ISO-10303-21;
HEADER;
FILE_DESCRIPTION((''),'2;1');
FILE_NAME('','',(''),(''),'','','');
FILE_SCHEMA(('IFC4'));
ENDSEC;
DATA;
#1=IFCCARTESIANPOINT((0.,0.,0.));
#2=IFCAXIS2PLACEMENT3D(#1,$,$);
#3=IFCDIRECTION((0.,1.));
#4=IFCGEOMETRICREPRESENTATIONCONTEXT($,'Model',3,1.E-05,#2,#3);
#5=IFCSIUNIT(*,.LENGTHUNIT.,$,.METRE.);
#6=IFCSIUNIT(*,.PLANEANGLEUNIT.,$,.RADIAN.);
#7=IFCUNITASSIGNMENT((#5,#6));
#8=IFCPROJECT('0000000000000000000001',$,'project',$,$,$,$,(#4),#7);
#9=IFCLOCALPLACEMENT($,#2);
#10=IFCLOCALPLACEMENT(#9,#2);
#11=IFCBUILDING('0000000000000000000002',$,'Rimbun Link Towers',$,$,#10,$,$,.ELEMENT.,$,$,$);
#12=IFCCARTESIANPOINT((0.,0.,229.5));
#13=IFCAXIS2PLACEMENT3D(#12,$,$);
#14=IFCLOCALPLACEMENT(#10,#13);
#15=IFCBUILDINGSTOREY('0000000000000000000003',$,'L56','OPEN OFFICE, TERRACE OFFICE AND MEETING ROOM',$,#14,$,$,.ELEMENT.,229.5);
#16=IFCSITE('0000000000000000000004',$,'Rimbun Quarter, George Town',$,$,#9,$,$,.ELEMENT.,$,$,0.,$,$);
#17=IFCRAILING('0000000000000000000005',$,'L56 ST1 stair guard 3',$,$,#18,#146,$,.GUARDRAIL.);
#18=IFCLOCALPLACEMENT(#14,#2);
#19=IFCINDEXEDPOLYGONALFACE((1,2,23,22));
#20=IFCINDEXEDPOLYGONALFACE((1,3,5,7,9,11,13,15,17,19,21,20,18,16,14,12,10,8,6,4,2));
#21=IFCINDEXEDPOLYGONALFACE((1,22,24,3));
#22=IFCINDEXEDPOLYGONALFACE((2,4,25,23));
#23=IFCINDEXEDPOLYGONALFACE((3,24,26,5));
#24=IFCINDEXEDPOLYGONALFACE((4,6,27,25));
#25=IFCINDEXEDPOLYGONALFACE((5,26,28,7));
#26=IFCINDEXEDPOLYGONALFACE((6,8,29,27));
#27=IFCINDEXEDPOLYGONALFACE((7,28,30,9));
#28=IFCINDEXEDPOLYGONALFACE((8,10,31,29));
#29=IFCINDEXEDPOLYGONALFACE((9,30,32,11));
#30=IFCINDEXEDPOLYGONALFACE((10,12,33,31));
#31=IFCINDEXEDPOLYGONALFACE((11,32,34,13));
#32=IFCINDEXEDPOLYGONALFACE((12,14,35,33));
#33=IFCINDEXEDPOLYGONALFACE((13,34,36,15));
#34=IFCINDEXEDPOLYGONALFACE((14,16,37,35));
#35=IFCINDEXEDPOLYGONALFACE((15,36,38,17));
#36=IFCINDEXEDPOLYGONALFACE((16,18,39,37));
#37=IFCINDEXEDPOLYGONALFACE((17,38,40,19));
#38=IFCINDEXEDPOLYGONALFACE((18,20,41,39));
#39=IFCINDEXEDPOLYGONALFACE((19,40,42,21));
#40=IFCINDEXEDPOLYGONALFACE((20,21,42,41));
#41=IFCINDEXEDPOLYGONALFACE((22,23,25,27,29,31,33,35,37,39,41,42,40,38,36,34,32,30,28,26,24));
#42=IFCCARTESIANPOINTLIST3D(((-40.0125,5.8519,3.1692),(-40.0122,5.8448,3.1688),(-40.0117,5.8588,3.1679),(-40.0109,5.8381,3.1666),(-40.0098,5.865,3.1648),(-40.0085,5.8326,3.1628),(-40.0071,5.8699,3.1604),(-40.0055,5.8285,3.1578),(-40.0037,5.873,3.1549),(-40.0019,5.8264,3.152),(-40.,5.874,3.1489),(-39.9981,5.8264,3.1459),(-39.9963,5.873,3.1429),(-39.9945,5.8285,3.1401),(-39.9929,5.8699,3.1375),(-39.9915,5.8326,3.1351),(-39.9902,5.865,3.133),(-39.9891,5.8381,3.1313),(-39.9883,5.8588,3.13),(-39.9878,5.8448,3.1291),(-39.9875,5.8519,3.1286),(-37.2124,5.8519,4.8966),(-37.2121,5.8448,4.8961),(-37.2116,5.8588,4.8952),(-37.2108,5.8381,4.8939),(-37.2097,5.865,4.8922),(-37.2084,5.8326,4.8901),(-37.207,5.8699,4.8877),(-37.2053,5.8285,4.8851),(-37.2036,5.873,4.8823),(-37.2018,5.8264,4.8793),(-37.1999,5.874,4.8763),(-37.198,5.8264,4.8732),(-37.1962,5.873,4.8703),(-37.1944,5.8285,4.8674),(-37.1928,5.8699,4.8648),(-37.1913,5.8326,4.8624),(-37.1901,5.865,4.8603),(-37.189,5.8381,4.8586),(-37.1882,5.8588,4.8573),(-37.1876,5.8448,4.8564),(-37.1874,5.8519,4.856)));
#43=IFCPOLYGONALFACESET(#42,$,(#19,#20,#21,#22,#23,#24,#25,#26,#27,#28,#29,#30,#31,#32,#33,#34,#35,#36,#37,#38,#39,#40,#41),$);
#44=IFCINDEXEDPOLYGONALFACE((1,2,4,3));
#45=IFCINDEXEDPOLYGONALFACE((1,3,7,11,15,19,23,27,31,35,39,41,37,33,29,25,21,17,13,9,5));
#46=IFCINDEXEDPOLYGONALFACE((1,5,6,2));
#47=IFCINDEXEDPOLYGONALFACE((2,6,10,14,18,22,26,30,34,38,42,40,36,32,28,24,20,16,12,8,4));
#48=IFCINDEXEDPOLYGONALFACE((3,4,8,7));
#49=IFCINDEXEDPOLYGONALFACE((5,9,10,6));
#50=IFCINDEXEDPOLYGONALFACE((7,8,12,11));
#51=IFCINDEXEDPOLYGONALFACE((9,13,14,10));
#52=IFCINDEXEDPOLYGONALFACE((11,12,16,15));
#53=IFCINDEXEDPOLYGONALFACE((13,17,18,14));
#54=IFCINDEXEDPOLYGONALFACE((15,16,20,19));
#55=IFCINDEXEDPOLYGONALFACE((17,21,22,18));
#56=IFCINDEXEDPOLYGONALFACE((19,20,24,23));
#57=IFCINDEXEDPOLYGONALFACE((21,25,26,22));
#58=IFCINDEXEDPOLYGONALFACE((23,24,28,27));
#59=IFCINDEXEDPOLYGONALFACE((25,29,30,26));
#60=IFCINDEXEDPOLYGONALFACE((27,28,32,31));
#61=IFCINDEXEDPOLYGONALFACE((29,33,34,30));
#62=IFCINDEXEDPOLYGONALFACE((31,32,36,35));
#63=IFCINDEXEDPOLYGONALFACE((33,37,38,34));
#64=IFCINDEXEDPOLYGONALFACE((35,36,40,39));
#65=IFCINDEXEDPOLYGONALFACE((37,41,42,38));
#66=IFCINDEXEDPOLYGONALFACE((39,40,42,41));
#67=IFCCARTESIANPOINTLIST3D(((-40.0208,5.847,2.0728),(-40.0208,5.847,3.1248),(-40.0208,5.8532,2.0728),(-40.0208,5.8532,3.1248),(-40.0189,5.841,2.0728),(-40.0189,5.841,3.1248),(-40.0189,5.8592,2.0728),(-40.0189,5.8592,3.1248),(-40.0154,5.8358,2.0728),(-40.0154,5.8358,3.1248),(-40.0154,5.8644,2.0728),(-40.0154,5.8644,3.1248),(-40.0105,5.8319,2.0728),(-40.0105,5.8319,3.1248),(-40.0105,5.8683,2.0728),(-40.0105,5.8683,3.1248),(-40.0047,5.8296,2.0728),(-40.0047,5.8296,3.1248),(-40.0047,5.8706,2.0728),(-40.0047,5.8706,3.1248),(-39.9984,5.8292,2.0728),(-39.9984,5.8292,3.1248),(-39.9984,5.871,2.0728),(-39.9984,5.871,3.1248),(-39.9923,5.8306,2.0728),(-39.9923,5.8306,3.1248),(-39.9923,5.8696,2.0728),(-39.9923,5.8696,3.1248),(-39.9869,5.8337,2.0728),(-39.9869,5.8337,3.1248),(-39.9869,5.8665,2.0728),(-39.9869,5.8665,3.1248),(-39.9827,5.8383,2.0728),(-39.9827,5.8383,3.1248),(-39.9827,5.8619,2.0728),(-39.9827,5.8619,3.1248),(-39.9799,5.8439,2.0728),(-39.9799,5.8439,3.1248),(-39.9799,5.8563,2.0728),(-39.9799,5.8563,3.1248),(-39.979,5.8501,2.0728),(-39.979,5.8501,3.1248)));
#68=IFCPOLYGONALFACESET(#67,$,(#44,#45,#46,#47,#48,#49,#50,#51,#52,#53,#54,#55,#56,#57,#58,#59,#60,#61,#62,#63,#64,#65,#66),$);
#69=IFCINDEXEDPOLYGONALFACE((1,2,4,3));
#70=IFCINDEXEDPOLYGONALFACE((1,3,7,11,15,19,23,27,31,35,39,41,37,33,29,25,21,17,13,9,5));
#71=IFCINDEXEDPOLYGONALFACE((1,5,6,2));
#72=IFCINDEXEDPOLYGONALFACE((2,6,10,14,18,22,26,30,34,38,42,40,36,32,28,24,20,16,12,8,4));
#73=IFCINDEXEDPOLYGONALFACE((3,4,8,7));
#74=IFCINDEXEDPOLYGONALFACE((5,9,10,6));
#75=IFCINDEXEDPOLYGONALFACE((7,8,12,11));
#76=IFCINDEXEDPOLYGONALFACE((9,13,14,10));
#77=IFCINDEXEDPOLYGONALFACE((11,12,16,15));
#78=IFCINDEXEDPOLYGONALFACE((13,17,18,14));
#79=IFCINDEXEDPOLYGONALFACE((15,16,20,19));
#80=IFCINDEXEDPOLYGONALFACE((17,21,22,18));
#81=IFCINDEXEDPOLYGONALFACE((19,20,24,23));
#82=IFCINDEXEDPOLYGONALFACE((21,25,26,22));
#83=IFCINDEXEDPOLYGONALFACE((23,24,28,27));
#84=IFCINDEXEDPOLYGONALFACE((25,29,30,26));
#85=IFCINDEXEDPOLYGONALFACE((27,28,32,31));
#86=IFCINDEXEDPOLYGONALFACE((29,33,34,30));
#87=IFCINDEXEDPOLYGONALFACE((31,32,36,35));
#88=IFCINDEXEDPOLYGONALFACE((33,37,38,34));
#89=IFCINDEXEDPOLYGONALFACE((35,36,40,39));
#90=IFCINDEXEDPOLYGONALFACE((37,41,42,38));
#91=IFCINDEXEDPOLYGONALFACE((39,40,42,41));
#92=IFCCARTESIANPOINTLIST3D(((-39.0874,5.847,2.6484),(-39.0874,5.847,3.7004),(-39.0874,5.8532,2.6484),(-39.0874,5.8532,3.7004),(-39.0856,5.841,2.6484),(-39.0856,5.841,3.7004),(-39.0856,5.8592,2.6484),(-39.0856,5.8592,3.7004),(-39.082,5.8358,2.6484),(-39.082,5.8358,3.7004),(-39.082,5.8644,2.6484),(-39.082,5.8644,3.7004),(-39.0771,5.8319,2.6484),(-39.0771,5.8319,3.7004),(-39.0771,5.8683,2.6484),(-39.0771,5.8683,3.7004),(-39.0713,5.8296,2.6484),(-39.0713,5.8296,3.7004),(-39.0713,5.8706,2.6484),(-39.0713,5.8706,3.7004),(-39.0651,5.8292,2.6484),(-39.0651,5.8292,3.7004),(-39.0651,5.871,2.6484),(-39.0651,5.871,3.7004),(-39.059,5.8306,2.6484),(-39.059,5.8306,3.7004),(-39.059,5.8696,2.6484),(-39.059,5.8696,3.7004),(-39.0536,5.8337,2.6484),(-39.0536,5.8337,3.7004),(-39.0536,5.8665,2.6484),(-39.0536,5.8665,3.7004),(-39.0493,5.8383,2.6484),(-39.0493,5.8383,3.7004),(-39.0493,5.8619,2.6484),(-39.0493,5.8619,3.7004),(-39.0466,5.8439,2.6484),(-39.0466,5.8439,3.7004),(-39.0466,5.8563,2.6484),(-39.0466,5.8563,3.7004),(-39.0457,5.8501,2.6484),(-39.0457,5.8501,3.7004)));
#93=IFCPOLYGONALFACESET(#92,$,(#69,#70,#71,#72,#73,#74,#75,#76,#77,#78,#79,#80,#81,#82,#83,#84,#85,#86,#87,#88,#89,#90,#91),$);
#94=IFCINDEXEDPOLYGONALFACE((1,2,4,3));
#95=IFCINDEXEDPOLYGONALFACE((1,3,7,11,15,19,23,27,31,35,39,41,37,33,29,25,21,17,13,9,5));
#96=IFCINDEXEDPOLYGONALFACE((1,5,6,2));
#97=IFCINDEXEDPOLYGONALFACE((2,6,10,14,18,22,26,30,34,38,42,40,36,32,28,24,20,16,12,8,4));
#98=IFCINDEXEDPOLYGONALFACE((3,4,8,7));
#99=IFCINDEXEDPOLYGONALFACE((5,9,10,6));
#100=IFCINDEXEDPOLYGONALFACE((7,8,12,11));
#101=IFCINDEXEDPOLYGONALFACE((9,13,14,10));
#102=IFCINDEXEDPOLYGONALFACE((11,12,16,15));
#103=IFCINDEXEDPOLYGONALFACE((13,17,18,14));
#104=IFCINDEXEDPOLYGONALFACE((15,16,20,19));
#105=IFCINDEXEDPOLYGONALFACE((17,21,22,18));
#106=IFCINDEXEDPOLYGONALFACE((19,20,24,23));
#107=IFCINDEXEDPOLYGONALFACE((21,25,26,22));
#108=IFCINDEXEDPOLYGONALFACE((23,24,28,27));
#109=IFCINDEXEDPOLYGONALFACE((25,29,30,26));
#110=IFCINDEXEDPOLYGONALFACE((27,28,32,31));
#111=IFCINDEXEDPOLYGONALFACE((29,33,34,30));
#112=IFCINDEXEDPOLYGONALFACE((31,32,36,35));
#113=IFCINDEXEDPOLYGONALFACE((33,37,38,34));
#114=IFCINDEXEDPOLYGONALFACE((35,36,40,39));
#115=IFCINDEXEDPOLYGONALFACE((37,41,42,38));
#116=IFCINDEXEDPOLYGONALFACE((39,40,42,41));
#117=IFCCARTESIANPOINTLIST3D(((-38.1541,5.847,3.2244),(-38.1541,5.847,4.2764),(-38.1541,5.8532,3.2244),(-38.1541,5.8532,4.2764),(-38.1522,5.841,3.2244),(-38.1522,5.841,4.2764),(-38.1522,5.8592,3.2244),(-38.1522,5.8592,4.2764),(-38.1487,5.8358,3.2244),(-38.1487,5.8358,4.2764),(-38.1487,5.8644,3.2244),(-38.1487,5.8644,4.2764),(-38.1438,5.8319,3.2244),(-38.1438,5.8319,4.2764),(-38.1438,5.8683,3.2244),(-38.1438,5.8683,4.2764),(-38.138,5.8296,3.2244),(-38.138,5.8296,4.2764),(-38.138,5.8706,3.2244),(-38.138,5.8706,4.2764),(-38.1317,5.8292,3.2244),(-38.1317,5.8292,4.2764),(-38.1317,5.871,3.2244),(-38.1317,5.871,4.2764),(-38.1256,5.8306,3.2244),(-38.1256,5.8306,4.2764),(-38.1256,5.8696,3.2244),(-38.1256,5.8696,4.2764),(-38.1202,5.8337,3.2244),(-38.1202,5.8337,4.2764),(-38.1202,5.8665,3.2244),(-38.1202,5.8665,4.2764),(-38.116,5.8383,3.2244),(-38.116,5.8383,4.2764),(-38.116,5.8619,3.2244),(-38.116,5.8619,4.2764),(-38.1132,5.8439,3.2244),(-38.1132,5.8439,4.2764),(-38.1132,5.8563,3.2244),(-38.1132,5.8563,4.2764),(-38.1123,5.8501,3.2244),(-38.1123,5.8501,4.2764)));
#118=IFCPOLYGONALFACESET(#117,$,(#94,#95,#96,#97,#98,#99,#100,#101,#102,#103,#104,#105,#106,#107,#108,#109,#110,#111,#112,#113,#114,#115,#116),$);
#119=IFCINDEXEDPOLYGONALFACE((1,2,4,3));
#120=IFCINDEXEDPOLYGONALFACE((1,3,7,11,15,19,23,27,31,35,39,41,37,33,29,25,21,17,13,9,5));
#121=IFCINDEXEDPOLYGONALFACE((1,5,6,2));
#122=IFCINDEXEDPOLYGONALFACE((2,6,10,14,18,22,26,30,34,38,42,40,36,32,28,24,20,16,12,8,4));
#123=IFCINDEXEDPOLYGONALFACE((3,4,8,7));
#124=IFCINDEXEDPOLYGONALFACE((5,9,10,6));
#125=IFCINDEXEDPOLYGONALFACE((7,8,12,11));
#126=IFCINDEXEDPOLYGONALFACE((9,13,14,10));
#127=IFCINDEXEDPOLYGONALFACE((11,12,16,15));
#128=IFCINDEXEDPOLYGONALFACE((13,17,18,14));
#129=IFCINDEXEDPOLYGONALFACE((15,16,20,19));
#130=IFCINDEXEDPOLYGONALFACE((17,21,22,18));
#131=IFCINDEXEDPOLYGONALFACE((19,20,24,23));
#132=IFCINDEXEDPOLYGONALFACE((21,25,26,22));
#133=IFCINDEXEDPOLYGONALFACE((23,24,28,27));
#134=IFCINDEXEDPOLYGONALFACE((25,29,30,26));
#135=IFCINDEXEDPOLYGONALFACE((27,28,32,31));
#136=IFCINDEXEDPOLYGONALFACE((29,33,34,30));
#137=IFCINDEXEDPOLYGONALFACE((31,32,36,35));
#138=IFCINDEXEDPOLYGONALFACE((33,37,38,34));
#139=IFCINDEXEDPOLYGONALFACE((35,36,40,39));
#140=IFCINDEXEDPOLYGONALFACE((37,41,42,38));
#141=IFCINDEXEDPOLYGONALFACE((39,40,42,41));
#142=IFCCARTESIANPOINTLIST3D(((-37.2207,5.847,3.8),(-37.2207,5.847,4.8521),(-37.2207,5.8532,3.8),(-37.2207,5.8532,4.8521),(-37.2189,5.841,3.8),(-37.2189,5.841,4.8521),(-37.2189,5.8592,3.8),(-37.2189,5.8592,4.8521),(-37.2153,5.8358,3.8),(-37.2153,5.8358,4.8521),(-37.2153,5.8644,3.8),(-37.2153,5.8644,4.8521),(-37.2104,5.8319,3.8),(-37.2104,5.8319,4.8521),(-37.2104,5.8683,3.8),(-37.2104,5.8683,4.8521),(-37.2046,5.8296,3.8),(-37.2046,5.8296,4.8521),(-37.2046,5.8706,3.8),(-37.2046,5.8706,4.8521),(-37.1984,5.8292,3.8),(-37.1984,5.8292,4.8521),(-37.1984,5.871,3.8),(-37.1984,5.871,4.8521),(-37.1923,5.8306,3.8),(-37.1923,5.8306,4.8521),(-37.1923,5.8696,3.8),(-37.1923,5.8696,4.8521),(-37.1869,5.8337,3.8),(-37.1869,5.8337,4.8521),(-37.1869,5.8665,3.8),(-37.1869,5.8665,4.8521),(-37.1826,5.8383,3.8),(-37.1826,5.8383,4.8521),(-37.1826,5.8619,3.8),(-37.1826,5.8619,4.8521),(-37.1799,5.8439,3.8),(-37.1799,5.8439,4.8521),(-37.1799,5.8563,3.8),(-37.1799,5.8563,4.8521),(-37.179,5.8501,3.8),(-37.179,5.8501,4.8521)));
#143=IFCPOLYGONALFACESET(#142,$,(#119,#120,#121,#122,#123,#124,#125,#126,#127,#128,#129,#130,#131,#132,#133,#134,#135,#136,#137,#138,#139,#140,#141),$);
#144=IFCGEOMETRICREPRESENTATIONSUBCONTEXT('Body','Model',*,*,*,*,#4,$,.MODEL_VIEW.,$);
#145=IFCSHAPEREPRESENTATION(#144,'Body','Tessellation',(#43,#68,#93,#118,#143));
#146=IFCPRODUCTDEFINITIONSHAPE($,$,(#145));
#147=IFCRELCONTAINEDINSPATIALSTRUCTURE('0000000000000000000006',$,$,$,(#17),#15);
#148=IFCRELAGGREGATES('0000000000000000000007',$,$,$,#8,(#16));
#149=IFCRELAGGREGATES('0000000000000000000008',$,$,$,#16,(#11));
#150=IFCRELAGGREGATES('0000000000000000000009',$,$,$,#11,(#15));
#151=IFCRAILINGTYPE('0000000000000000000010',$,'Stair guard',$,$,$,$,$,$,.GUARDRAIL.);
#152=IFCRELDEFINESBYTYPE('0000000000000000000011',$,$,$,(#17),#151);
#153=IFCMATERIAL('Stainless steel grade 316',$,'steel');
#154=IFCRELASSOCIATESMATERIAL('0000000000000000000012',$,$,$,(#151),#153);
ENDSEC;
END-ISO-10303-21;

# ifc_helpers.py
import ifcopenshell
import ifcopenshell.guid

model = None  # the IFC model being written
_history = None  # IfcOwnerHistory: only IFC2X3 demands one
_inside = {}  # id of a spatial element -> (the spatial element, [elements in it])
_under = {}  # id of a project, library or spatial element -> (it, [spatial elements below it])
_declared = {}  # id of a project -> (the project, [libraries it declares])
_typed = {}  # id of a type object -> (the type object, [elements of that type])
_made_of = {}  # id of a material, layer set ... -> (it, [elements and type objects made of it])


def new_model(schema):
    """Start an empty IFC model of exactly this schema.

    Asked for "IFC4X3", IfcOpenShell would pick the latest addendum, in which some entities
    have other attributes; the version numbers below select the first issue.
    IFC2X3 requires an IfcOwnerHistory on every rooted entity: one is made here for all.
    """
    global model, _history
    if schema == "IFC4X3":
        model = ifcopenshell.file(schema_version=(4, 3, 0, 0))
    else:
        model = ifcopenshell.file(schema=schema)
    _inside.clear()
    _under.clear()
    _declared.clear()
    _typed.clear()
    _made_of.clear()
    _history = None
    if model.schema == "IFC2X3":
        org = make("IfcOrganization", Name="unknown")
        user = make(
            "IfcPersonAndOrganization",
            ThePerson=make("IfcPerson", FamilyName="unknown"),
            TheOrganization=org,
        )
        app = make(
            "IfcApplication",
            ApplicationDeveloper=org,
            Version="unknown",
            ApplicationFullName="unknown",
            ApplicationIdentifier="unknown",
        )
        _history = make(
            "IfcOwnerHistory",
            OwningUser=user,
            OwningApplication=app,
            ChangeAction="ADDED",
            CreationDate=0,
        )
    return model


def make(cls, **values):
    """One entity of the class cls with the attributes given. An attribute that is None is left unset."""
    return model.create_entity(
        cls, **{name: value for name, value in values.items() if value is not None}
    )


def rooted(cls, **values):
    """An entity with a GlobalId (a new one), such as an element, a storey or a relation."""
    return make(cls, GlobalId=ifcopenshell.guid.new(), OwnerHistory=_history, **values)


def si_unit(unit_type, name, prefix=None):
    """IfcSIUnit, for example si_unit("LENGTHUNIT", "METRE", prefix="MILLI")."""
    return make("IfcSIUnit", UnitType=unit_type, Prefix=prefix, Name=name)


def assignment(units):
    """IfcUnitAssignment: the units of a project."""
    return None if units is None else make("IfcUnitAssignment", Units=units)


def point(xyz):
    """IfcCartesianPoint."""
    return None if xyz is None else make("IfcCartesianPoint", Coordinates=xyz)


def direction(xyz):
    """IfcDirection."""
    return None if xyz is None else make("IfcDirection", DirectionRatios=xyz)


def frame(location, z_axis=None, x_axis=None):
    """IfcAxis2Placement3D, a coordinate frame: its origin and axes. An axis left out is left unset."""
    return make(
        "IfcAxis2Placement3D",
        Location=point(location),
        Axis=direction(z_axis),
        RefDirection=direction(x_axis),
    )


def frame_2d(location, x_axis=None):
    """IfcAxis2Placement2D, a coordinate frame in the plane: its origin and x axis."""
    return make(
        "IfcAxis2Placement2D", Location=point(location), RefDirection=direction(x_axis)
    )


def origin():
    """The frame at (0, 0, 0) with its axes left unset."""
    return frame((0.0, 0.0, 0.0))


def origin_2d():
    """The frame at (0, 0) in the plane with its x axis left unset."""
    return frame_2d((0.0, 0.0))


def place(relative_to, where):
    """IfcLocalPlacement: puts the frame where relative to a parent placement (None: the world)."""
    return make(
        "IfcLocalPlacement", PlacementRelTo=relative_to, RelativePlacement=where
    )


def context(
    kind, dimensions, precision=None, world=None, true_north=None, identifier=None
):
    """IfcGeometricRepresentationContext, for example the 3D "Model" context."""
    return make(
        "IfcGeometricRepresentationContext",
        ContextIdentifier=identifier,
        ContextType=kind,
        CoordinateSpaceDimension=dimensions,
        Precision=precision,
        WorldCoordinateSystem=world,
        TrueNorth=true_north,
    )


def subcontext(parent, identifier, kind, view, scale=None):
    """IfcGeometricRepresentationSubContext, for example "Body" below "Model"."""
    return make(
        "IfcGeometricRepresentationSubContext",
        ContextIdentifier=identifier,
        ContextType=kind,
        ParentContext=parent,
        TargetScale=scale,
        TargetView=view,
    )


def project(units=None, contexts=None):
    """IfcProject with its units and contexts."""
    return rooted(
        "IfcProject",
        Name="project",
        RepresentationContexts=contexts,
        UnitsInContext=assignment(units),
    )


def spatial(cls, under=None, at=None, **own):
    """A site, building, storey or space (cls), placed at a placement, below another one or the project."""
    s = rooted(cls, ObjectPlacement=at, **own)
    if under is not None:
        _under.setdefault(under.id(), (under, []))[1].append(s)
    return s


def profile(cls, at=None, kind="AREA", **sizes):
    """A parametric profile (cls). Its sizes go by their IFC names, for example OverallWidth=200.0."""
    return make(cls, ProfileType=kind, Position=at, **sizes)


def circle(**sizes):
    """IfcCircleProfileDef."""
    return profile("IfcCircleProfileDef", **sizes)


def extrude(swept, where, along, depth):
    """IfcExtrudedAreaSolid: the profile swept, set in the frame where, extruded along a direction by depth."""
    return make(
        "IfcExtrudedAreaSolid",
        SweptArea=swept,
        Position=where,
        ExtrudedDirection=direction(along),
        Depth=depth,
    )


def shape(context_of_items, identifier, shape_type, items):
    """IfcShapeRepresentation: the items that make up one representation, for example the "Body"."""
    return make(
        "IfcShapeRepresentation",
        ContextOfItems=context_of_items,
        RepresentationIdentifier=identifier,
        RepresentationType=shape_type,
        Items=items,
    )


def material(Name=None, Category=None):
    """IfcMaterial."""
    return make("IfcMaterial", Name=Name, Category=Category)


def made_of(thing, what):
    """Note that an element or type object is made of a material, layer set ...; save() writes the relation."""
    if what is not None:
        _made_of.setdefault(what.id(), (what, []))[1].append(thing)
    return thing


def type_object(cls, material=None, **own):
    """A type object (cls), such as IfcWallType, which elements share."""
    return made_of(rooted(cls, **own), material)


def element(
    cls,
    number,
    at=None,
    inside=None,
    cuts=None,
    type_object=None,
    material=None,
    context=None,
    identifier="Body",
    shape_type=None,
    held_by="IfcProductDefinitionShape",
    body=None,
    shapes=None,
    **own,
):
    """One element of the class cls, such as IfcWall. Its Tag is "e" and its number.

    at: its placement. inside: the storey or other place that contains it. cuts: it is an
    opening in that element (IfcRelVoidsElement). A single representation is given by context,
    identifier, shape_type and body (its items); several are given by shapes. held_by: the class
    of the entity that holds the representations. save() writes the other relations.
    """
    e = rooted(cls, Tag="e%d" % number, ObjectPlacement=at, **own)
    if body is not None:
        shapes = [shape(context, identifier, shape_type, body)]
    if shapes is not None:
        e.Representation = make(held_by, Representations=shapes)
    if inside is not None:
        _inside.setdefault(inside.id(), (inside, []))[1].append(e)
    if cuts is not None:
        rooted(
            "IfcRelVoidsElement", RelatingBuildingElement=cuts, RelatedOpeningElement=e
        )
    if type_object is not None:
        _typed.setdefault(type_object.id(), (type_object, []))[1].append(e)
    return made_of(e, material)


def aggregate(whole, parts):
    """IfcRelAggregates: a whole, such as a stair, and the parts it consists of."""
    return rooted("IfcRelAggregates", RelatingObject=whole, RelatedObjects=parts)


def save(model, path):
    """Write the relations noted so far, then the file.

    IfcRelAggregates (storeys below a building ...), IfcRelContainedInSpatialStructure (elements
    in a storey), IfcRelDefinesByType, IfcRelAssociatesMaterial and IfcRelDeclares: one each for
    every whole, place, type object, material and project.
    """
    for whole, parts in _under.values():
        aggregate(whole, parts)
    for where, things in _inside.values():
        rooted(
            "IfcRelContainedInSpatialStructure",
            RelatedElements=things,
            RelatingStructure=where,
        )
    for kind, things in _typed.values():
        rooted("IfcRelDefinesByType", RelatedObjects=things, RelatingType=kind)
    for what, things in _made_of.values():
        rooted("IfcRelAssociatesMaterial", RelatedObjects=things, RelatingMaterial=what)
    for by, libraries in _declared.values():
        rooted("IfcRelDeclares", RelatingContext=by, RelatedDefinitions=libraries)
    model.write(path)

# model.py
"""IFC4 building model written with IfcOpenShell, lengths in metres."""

from ifc_helpers import new_model, si_unit, direction, frame, origin, origin_2d, place, context, subcontext, project, spatial, circle, extrude, material, type_object, element, save


model = new_model("IFC4")

# Units and contexts
model_context = context("Model", 3, precision=1e-05, world=origin(), true_north=direction((0.0, 1.0)))
body_context = subcontext(model_context, "Body", "Model", "MODEL_VIEW")
ifc_project = project(units=[si_unit("LENGTHUNIT", "METRE"), si_unit("PLANEANGLEUNIT", "RADIAN")], contexts=[model_context])

# Site, building, storey
site_placement = place(None, origin())
site = spatial("IfcSite", under=ifc_project, at=site_placement, Name="Rimbun Quarter, George Town", CompositionType="ELEMENT", RefElevation=0.0)
building_placement = place(site_placement, origin())
building = spatial("IfcBuilding", under=site, at=building_placement, Name="Rimbun Link Towers", CompositionType="ELEMENT")
storey_placement = place(building_placement, frame((0.0, 0.0, 229.5)))
storey = spatial("IfcBuildingStorey", under=building, at=storey_placement, Name="L56", Description="OPEN OFFICE, TERRACE OFFICE AND MEETING ROOM", CompositionType="ELEMENT", Elevation=229.5)

# Railing
ifc_material_1 = material(Name="Stainless steel grade 316", Category="steel")
railing_type_1 = type_object("IfcRailingType", Name="Stair guard", PredefinedType="GUARDRAIL", material=ifc_material_1)
railing_1_placement = place(storey_placement, frame((-40.0, 5.8501, 2.0728)))
element("IfcRailing", 1, at=railing_1_placement, inside=storey, type_object=railing_type_1, Name="L56 ST1 stair guard 3", PredefinedType="GUARDRAIL", context=body_context, shape_type="SweptSolid", body=[
    extrude(circle(Radius=0.0239, at=origin_2d()), frame((0.0, 0.0, 1.0762), z_axis=(0.85109, 0.0, 0.52502), x_axis=(0.0, 1.0, 0.0)), (0.0, 0.0, 1.0), 3.29),
    extrude(circle(Radius=0.021, at=origin_2d()), origin(), (0.0, 0.0, 1.0), 1.052),
    extrude(circle(Radius=0.021, at=origin_2d()), frame((0.9333, 0.0, 0.5757)), (0.0, 0.0, 1.0), 1.052),
    extrude(circle(Radius=0.021, at=origin_2d()), frame((1.8667, 0.0, 1.1516)), (0.0, 0.0, 1.0), 1.052),
    extrude(circle(Radius=0.021, at=origin_2d()), frame((2.8, 0.0, 1.7273)), (0.0, 0.0, 1.0), 1.052),
])

save(model, "model.ifc")
